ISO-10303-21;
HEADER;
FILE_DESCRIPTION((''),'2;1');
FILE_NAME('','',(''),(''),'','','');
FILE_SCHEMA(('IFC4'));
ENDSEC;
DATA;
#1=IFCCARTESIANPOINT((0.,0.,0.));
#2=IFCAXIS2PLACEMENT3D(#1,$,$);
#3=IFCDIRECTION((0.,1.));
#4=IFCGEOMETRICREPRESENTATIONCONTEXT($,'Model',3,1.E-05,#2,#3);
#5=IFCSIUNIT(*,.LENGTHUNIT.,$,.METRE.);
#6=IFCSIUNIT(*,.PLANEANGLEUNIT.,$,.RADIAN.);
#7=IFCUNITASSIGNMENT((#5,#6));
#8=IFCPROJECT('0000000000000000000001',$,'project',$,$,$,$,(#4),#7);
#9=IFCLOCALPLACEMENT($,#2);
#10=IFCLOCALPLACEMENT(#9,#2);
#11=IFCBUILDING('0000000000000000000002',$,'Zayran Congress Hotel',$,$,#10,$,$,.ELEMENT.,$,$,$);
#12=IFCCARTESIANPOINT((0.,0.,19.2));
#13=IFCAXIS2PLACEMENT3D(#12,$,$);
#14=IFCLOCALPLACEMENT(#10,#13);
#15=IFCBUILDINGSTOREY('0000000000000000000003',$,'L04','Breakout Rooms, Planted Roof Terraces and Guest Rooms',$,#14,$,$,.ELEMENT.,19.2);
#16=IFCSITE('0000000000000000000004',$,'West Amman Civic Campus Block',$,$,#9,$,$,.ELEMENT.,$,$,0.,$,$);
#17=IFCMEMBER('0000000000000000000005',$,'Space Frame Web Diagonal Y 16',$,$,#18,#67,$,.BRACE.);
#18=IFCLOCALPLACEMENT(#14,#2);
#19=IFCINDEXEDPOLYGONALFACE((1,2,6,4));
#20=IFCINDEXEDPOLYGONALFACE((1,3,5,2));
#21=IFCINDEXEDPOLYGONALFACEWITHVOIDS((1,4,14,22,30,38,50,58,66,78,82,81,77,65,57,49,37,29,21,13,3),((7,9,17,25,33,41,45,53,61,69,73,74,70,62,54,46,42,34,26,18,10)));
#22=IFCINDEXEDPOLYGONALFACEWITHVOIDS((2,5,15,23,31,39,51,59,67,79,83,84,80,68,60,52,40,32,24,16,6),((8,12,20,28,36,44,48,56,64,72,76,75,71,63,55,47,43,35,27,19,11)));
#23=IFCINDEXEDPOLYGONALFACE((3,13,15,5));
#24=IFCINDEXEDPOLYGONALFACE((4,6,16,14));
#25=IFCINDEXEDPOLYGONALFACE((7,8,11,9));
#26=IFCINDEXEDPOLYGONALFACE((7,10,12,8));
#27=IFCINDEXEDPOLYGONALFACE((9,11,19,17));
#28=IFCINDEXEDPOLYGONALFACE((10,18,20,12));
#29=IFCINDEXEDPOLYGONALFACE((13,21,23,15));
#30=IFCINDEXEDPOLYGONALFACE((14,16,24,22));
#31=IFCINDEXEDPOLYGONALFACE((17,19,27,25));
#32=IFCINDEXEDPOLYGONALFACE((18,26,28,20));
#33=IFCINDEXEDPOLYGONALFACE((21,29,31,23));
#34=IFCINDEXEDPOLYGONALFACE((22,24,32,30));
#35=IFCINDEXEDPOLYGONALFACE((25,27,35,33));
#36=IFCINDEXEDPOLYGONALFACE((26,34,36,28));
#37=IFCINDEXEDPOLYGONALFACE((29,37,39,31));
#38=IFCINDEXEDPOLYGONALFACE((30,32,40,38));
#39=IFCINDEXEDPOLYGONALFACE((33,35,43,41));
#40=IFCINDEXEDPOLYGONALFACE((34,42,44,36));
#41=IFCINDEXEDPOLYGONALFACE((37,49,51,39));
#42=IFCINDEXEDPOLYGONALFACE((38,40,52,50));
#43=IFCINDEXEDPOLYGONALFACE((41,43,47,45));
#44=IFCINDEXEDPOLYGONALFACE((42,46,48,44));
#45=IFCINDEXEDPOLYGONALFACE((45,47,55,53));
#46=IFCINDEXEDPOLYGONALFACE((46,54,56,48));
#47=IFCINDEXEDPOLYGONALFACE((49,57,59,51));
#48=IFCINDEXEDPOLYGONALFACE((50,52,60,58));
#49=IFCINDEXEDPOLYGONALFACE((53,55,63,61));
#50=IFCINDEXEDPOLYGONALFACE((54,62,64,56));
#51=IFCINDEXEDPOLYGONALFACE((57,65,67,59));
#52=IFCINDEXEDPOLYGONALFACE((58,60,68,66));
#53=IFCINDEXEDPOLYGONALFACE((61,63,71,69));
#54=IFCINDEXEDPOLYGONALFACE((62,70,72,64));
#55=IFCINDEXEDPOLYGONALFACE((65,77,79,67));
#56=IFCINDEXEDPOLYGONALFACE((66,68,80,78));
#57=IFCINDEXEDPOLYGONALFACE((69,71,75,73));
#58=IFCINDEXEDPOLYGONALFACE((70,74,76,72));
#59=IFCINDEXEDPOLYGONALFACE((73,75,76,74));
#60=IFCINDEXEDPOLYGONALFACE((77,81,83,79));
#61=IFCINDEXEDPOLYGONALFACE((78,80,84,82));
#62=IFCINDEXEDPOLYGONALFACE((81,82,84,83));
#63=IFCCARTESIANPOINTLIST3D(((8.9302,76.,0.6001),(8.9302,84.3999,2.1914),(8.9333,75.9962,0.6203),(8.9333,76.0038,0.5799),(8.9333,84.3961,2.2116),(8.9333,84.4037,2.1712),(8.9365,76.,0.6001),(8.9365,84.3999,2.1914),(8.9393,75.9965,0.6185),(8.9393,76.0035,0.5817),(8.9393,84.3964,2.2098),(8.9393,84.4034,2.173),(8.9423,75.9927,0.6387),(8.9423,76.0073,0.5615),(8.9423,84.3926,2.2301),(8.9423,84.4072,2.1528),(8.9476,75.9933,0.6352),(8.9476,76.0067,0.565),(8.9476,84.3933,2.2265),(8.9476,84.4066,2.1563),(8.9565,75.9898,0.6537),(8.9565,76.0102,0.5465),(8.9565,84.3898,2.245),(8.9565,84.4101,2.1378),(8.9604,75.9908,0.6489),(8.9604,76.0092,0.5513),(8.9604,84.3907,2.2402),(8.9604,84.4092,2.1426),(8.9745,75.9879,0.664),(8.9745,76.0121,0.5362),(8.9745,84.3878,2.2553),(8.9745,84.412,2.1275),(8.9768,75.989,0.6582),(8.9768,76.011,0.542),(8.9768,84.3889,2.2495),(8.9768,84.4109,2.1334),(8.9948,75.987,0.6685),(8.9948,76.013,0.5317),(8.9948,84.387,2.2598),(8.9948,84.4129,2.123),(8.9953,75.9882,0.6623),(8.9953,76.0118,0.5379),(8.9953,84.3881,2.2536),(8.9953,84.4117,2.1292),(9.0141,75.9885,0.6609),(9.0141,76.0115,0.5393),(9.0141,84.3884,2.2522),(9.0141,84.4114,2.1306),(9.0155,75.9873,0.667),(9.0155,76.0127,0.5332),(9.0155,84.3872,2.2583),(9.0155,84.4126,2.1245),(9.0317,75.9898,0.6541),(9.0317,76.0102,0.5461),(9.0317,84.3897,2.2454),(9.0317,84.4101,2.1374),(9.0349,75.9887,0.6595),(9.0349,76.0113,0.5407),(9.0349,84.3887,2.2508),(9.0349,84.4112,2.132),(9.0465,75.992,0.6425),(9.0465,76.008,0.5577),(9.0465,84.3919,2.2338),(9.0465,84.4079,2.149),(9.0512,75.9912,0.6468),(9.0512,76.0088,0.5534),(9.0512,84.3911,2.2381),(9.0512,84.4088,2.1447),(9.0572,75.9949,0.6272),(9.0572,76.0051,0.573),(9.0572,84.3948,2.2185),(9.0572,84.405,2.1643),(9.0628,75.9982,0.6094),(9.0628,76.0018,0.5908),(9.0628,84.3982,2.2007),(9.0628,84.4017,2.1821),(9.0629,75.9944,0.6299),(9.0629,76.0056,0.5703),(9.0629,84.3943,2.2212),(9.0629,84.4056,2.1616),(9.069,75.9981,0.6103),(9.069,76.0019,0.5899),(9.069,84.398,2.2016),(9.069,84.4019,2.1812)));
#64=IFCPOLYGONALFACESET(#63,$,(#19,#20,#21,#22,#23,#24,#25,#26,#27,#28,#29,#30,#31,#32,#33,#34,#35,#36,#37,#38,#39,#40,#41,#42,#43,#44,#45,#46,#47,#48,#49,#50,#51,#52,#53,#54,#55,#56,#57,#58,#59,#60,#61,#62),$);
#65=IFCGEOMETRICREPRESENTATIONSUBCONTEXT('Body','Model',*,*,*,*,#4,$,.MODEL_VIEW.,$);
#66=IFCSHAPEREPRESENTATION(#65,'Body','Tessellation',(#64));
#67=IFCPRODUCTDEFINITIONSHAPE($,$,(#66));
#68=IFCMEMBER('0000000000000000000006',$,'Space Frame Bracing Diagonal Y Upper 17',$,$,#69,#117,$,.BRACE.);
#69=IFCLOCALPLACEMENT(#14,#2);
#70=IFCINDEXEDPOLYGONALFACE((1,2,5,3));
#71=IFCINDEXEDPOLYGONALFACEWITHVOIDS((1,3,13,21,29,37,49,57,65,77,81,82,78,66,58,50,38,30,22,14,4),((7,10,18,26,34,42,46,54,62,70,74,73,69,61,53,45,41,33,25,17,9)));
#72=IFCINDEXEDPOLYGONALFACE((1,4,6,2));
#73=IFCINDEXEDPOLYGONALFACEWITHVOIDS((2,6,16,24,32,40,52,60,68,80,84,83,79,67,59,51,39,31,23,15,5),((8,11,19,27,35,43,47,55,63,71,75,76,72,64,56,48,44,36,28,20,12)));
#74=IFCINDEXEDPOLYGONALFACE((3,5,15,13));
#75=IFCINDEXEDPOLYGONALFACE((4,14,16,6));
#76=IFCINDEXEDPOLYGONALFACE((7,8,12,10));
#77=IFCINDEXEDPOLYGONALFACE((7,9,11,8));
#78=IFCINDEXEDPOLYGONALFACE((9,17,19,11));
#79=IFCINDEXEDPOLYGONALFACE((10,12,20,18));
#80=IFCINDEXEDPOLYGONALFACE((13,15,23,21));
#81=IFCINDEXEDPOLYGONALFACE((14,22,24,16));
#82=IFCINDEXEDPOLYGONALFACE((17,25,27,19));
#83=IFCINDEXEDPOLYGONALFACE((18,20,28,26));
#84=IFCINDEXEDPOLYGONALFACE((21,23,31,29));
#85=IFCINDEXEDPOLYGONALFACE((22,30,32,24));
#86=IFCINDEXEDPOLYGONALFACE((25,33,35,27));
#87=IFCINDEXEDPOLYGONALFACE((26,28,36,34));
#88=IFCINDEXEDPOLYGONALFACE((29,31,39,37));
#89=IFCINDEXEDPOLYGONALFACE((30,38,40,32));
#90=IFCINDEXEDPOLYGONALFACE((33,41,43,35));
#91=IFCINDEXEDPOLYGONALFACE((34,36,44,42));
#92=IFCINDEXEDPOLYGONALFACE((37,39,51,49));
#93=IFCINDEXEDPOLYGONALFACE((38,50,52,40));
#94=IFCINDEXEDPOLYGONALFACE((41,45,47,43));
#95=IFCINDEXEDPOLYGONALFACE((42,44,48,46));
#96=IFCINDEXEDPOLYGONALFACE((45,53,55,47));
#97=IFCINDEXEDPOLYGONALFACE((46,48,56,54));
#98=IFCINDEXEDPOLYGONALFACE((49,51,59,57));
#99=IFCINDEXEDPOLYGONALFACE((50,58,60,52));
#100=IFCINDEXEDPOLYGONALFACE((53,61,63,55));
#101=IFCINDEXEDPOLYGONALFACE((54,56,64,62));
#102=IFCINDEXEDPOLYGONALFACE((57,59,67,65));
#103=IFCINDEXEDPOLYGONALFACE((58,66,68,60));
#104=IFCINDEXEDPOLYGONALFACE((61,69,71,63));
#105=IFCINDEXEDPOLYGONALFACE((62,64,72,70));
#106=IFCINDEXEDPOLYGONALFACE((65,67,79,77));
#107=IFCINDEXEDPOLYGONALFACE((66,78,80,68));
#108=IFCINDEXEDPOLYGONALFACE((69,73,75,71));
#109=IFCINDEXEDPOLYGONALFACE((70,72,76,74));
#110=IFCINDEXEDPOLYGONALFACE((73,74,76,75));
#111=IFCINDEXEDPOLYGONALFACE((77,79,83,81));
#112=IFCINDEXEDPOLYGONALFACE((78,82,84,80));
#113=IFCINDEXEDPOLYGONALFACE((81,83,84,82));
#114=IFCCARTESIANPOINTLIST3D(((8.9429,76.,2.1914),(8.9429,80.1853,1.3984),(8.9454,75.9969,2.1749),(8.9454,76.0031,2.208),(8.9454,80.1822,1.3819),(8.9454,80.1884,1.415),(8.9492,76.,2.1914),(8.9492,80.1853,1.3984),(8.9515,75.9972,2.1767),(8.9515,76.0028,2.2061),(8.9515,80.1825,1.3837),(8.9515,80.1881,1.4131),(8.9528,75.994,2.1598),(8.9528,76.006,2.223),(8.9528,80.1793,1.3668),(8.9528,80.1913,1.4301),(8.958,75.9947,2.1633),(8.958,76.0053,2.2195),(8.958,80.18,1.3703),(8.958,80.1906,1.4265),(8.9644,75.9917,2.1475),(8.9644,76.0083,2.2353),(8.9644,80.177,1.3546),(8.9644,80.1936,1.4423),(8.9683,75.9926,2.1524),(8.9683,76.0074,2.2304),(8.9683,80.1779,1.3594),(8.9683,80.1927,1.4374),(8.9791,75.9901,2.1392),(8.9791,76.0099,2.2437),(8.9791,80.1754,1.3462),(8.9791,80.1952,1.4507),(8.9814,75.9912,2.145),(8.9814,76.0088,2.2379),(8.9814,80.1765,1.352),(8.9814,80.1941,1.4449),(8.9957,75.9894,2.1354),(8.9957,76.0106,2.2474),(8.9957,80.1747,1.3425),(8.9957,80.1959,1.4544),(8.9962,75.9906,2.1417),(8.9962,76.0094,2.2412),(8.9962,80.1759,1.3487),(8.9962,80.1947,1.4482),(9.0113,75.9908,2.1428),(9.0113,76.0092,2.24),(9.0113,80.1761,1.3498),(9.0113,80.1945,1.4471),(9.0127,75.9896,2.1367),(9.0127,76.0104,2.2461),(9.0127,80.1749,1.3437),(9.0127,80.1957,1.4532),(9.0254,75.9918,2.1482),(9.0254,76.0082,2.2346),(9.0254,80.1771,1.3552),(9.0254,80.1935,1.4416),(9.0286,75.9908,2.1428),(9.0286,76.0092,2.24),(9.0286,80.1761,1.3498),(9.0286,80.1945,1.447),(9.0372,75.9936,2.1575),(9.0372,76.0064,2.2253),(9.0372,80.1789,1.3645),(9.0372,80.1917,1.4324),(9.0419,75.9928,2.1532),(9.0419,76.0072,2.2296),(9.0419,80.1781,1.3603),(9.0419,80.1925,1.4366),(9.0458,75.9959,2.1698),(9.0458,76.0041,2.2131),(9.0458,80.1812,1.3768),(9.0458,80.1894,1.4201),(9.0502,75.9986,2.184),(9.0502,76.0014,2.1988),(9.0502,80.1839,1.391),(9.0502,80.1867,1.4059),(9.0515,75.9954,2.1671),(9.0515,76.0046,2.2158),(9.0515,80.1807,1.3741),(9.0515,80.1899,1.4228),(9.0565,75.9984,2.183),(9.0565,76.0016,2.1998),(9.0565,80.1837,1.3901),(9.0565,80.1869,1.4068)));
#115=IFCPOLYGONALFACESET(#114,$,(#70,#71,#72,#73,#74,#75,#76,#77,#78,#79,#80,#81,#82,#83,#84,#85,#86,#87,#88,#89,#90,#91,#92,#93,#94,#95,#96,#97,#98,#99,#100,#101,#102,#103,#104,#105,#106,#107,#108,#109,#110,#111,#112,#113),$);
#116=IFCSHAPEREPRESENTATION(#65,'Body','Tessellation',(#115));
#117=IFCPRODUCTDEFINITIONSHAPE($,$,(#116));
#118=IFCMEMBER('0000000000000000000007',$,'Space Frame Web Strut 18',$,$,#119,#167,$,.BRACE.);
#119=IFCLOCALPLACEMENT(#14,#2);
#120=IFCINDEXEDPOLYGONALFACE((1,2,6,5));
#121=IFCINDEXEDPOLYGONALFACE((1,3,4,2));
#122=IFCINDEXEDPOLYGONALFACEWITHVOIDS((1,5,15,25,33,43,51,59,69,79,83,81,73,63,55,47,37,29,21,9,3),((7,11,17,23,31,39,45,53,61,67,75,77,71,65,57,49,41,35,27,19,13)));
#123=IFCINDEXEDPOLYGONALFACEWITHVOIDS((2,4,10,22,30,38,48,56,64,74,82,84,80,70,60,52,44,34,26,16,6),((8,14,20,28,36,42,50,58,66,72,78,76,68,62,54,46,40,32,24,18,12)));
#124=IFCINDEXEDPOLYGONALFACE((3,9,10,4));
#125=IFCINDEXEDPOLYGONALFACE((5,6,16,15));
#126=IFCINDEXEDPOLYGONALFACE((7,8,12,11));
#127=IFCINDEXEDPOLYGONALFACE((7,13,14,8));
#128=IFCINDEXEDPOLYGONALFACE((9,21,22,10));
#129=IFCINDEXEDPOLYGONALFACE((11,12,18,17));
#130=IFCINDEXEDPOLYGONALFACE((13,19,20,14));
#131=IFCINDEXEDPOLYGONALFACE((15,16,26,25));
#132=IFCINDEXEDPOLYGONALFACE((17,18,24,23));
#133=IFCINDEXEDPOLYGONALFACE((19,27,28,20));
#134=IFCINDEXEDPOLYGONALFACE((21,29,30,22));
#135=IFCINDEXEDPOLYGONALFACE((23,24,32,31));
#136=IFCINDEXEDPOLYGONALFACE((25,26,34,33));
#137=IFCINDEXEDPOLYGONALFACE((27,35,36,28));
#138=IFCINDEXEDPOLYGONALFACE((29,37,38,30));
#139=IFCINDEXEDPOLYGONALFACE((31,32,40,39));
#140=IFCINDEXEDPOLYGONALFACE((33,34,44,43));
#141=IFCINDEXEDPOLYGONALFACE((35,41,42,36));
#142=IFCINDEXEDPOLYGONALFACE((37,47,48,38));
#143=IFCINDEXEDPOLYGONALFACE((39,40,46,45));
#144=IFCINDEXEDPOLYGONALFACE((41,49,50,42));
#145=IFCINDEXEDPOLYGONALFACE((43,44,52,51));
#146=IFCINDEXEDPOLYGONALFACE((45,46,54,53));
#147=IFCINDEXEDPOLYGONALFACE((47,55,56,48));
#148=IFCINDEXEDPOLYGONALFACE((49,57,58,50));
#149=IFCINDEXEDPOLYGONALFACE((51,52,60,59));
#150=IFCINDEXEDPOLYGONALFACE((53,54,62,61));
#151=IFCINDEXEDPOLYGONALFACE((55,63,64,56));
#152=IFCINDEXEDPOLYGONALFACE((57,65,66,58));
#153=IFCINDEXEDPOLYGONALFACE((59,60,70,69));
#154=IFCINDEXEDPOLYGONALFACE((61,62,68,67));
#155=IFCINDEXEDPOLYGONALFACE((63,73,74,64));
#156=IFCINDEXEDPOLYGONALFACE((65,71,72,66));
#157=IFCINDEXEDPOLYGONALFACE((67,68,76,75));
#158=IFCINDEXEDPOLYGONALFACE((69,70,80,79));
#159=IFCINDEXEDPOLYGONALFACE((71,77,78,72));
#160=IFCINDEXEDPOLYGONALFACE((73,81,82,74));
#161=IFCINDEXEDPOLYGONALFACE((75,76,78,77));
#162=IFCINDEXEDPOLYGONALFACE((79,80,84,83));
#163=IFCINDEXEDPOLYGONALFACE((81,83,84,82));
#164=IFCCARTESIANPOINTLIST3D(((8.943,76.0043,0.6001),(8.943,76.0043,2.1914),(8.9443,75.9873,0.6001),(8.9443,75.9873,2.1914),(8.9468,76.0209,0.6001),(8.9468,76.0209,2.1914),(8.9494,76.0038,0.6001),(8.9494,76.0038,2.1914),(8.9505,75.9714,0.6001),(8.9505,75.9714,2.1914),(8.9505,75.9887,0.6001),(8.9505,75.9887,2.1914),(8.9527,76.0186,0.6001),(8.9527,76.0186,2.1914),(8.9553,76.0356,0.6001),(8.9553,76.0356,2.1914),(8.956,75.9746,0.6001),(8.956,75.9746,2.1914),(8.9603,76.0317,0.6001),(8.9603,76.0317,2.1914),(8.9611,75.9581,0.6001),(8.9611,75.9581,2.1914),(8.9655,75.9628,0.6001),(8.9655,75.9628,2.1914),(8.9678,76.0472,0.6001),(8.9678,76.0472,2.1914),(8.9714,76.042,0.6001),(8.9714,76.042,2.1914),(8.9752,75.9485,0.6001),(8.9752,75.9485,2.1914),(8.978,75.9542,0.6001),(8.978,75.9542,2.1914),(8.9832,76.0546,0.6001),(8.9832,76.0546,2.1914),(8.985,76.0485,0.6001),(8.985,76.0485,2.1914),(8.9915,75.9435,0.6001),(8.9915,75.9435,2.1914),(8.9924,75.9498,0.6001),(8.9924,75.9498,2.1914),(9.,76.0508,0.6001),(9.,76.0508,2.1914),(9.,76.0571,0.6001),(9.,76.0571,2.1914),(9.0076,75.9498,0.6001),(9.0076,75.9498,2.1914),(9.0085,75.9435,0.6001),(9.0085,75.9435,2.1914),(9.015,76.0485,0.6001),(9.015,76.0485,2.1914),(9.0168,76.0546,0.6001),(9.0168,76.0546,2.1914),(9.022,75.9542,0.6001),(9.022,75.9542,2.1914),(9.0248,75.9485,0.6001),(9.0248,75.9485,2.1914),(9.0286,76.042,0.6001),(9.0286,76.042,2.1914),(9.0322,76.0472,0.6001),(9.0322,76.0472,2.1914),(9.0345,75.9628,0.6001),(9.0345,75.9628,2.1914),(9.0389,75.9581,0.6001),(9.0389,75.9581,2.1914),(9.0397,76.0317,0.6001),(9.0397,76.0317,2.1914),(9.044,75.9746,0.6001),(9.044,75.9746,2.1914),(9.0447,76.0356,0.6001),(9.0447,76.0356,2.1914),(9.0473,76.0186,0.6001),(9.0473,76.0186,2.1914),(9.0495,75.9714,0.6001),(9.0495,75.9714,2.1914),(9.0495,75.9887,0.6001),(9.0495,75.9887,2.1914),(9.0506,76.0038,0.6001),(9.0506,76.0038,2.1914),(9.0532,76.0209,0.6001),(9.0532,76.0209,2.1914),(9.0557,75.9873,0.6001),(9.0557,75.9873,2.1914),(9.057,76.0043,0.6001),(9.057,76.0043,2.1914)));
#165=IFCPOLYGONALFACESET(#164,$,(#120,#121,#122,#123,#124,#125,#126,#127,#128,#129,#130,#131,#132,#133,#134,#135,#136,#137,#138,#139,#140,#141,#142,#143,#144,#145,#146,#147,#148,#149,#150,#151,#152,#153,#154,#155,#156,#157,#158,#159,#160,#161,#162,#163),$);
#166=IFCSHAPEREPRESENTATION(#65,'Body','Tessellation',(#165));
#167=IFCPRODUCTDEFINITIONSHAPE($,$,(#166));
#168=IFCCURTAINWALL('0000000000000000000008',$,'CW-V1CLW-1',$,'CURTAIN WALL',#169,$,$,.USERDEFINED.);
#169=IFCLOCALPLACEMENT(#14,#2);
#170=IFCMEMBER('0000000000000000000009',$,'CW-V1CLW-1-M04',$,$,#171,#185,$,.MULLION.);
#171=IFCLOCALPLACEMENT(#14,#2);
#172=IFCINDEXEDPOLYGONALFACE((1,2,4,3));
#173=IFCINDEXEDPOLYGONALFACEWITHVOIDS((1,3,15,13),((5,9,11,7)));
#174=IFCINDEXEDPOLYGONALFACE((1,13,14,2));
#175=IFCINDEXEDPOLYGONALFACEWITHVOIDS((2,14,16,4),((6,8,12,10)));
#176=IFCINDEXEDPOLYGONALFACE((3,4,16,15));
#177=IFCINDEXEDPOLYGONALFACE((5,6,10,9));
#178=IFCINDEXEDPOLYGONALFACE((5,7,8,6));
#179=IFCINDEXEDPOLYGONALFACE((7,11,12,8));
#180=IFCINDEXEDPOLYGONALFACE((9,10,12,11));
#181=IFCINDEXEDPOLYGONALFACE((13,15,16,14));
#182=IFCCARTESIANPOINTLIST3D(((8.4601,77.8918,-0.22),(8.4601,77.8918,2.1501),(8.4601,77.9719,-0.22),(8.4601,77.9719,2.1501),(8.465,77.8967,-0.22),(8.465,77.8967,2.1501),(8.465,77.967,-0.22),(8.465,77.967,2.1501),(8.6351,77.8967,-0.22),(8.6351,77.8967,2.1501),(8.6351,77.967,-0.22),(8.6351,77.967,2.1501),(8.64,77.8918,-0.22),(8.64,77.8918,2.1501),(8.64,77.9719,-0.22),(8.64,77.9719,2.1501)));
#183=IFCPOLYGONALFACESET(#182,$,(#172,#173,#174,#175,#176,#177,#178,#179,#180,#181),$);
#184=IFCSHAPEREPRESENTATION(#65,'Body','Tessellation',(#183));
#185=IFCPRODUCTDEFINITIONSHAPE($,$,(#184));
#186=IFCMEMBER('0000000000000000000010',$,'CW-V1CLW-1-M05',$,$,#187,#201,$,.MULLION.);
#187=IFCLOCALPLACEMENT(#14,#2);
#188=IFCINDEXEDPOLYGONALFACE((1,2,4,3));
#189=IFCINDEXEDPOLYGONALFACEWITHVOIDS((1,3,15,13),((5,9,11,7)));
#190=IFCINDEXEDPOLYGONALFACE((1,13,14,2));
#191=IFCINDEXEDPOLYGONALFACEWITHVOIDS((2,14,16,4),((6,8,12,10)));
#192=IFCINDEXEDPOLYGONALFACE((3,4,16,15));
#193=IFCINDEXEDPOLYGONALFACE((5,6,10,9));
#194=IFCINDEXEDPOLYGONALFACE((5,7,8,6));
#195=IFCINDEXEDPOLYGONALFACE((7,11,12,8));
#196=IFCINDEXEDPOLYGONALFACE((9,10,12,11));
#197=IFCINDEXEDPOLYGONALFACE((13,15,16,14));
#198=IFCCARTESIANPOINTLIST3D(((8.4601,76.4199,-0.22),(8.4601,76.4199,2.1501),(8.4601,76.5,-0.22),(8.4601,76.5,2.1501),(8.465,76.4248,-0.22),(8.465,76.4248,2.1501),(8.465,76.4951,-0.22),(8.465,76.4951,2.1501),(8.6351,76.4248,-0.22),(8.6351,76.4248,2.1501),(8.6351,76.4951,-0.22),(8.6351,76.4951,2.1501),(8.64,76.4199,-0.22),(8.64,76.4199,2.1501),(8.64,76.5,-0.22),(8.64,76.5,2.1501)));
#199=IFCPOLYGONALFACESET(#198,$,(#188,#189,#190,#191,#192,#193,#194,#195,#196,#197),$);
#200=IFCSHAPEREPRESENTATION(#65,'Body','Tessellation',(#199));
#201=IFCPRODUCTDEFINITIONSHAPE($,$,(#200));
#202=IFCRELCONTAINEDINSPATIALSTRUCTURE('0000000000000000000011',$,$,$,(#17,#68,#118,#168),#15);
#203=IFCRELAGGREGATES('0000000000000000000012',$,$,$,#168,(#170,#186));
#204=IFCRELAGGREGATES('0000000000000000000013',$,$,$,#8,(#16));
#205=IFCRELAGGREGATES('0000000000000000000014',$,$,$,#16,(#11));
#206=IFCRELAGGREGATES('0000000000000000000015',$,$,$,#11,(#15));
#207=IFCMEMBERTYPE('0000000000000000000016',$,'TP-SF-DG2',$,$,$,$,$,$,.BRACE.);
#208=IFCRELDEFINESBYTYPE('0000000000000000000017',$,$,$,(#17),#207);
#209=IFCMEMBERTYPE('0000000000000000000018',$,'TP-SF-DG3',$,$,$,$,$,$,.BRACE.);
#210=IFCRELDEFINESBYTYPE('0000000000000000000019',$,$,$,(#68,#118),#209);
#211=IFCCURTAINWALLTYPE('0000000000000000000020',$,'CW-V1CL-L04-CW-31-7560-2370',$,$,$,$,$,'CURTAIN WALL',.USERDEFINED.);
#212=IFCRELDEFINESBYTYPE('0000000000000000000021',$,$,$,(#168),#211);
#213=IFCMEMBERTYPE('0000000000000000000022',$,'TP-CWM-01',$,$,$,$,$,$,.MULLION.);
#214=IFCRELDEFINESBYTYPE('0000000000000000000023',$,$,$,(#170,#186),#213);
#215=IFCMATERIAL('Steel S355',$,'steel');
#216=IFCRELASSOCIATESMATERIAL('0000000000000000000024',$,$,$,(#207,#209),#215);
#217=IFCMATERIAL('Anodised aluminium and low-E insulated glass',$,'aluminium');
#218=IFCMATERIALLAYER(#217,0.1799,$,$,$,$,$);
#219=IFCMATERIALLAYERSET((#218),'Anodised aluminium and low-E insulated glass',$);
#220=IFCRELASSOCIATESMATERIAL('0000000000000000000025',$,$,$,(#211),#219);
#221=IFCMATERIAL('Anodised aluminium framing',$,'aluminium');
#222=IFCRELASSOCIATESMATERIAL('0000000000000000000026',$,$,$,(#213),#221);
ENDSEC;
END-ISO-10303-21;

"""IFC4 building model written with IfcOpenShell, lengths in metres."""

from ifc_helpers import new_model, si_unit, direction, frame, origin, origin_2d, place, context, subcontext, project, spatial, hollow_rectangle, hollow_circle, extrude, material, layer, layer_set, material_profile, profile_set, type_object, element, aggregate, save


model = new_model("IFC4")

# Units and contexts
model_context = context("Model", 3, precision=1e-05, world=origin(), true_north=direction((0.0, 1.0)))
body_context = subcontext(model_context, "Body", "Model", "MODEL_VIEW")
ifc_project = project(units=[si_unit("LENGTHUNIT", "METRE"), si_unit("PLANEANGLEUNIT", "RADIAN")], contexts=[model_context])

# Site, building, storey
site_placement = place(None, origin())
site = spatial("IfcSite", under=ifc_project, at=site_placement, Name="West Amman Civic Campus Block", CompositionType="ELEMENT", RefElevation=0.0)
building_placement = place(site_placement, origin())
building = spatial("IfcBuilding", under=site, at=building_placement, Name="Zayran Congress Hotel", CompositionType="ELEMENT")
storey_placement = place(building_placement, frame((0.0, 0.0, 19.2)))
storey = spatial("IfcBuildingStorey", under=building, at=storey_placement, Name="L04", Description="Breakout Rooms, Planted Roof Terraces and Guest Rooms", CompositionType="ELEMENT", Elevation=19.2)

# Shared definitions
ifc_material_1 = material(Name="Steel S355", Category="steel")

# Members
ifc_material_profile_1 = material_profile(ifc_material_1, hollow_circle(Radius=0.0698, WallThickness=0.0063, at=origin_2d()), Name="CHS 139.7x6.3")
ifc_profile_set_1 = profile_set([ifc_material_profile_1], Name="Steel S355")
member_type_1 = type_object("IfcMemberType", Name="TP-SF-DG2", PredefinedType="BRACE", material=ifc_profile_set_1)
member_1_placement = place(storey_placement, frame((9.0, 76.0, 0.6001), z_axis=(0.0, 0.982525, 0.186133), x_axis=(-1.0, 0.0, 0.0)))
element("IfcMember", 1, at=member_1_placement, inside=storey, type_object=member_type_1, Name="Space Frame Web Diagonal Y 16", PredefinedType="BRACE", context=body_context, shape_type="SweptSolid", body=[
    extrude(hollow_circle(Radius=0.0698, WallThickness=0.0063, at=origin_2d()), origin(), (0.0, 0.0, 1.0), 8.5493),
])
ifc_material_profile_2 = material_profile(ifc_material_1, hollow_circle(Radius=0.0571, WallThickness=0.0063, at=origin_2d()), Name="CHS 114.3x6.3")
ifc_profile_set_2 = profile_set([ifc_material_profile_2], Name="Steel S355")
member_type_2 = type_object("IfcMemberType", Name="TP-SF-DG3", PredefinedType="BRACE", material=ifc_profile_set_2)
member_2_placement = place(storey_placement, frame((9.0, 76.0, 2.1914), z_axis=(0.0, 0.982521, -0.186153), x_axis=(-1.0, 0.0, 0.0)))
element("IfcMember", 2, at=member_2_placement, inside=storey, type_object=member_type_2, Name="Space Frame Bracing Diagonal Y Upper 17", PredefinedType="BRACE", context=body_context, shape_type="SweptSolid", body=[
    extrude(hollow_circle(Radius=0.0571, WallThickness=0.0063, at=origin_2d()), origin(), (0.0, 0.0, 1.0), 4.2598),
])
member_3_placement = place(storey_placement, frame((9.0, 76.0, 0.6001), z_axis=(0.0, 0.0, 1.0), x_axis=(0.0, 1.0, 0.0)))
element("IfcMember", 3, at=member_3_placement, inside=storey, type_object=member_type_2, Name="Space Frame Web Strut 18", PredefinedType="BRACE", context=body_context, shape_type="SweptSolid", body=[
    extrude(hollow_circle(Radius=0.0571, WallThickness=0.0063, at=origin_2d()), origin(), (0.0, 0.0, 1.0), 1.5913),
])

# Curtain wall, members
ifc_material_2 = material(Name="Anodised aluminium and low-E insulated glass", Category="aluminium")
ifc_layer_1 = layer(ifc_material_2, 0.1799)
ifc_layer_set_1 = layer_set([ifc_layer_1], Name="Anodised aluminium and low-E insulated glass")
curtain_wall_type = type_object("IfcCurtainWallType", Name="CW-V1CL-L04-CW-31-7560-2370", ElementType="CURTAIN WALL", PredefinedType="USERDEFINED", material=ifc_layer_set_1)
curtain_wall_placement = place(storey_placement, origin())
curtain_wall = element("IfcCurtainWall", 4, at=curtain_wall_placement, inside=storey, type_object=curtain_wall_type, Name="CW-V1CLW-1", ObjectType="CURTAIN WALL", PredefinedType="USERDEFINED")
ifc_material_3 = material(Name="Anodised aluminium framing", Category="aluminium")
ifc_material_profile_3 = material_profile(ifc_material_3, hollow_rectangle(XDim=0.0801, YDim=0.1799, WallThickness=0.0049, at=origin_2d()), Name="RHS 180x80x5")
ifc_profile_set_3 = profile_set([ifc_material_profile_3], Name="Anodised aluminium framing")
member_type_3 = type_object("IfcMemberType", Name="TP-CWM-01", PredefinedType="MULLION", material=ifc_profile_set_3)
member_4_placement = place(storey_placement, frame((8.55, 77.9319, -0.22), z_axis=(0.0, 0.0, 1.0), x_axis=(0.0, 1.0, 0.0)))
member_4 = element("IfcMember", 5, at=member_4_placement, type_object=member_type_3, Name="CW-V1CLW-1-M04", PredefinedType="MULLION", context=body_context, shape_type="SweptSolid", body=[
    extrude(hollow_rectangle(XDim=0.0801, YDim=0.1799, WallThickness=0.0049, at=origin_2d()), origin(), (0.0, 0.0, 1.0), 2.3701),
])
member_5_placement = place(storey_placement, frame((8.55, 76.46, -0.22), z_axis=(0.0, 0.0, 1.0), x_axis=(0.0, 1.0, 0.0)))
member_5 = element("IfcMember", 6, at=member_5_placement, type_object=member_type_3, Name="CW-V1CLW-1-M05", PredefinedType="MULLION", context=body_context, shape_type="SweptSolid", body=[
    extrude(hollow_rectangle(XDim=0.0801, YDim=0.1799, WallThickness=0.0049, at=origin_2d()), origin(), (0.0, 0.0, 1.0), 2.3701),
])

aggregate(curtain_wall, [member_4, member_5])

save(model, "model.ifc")
